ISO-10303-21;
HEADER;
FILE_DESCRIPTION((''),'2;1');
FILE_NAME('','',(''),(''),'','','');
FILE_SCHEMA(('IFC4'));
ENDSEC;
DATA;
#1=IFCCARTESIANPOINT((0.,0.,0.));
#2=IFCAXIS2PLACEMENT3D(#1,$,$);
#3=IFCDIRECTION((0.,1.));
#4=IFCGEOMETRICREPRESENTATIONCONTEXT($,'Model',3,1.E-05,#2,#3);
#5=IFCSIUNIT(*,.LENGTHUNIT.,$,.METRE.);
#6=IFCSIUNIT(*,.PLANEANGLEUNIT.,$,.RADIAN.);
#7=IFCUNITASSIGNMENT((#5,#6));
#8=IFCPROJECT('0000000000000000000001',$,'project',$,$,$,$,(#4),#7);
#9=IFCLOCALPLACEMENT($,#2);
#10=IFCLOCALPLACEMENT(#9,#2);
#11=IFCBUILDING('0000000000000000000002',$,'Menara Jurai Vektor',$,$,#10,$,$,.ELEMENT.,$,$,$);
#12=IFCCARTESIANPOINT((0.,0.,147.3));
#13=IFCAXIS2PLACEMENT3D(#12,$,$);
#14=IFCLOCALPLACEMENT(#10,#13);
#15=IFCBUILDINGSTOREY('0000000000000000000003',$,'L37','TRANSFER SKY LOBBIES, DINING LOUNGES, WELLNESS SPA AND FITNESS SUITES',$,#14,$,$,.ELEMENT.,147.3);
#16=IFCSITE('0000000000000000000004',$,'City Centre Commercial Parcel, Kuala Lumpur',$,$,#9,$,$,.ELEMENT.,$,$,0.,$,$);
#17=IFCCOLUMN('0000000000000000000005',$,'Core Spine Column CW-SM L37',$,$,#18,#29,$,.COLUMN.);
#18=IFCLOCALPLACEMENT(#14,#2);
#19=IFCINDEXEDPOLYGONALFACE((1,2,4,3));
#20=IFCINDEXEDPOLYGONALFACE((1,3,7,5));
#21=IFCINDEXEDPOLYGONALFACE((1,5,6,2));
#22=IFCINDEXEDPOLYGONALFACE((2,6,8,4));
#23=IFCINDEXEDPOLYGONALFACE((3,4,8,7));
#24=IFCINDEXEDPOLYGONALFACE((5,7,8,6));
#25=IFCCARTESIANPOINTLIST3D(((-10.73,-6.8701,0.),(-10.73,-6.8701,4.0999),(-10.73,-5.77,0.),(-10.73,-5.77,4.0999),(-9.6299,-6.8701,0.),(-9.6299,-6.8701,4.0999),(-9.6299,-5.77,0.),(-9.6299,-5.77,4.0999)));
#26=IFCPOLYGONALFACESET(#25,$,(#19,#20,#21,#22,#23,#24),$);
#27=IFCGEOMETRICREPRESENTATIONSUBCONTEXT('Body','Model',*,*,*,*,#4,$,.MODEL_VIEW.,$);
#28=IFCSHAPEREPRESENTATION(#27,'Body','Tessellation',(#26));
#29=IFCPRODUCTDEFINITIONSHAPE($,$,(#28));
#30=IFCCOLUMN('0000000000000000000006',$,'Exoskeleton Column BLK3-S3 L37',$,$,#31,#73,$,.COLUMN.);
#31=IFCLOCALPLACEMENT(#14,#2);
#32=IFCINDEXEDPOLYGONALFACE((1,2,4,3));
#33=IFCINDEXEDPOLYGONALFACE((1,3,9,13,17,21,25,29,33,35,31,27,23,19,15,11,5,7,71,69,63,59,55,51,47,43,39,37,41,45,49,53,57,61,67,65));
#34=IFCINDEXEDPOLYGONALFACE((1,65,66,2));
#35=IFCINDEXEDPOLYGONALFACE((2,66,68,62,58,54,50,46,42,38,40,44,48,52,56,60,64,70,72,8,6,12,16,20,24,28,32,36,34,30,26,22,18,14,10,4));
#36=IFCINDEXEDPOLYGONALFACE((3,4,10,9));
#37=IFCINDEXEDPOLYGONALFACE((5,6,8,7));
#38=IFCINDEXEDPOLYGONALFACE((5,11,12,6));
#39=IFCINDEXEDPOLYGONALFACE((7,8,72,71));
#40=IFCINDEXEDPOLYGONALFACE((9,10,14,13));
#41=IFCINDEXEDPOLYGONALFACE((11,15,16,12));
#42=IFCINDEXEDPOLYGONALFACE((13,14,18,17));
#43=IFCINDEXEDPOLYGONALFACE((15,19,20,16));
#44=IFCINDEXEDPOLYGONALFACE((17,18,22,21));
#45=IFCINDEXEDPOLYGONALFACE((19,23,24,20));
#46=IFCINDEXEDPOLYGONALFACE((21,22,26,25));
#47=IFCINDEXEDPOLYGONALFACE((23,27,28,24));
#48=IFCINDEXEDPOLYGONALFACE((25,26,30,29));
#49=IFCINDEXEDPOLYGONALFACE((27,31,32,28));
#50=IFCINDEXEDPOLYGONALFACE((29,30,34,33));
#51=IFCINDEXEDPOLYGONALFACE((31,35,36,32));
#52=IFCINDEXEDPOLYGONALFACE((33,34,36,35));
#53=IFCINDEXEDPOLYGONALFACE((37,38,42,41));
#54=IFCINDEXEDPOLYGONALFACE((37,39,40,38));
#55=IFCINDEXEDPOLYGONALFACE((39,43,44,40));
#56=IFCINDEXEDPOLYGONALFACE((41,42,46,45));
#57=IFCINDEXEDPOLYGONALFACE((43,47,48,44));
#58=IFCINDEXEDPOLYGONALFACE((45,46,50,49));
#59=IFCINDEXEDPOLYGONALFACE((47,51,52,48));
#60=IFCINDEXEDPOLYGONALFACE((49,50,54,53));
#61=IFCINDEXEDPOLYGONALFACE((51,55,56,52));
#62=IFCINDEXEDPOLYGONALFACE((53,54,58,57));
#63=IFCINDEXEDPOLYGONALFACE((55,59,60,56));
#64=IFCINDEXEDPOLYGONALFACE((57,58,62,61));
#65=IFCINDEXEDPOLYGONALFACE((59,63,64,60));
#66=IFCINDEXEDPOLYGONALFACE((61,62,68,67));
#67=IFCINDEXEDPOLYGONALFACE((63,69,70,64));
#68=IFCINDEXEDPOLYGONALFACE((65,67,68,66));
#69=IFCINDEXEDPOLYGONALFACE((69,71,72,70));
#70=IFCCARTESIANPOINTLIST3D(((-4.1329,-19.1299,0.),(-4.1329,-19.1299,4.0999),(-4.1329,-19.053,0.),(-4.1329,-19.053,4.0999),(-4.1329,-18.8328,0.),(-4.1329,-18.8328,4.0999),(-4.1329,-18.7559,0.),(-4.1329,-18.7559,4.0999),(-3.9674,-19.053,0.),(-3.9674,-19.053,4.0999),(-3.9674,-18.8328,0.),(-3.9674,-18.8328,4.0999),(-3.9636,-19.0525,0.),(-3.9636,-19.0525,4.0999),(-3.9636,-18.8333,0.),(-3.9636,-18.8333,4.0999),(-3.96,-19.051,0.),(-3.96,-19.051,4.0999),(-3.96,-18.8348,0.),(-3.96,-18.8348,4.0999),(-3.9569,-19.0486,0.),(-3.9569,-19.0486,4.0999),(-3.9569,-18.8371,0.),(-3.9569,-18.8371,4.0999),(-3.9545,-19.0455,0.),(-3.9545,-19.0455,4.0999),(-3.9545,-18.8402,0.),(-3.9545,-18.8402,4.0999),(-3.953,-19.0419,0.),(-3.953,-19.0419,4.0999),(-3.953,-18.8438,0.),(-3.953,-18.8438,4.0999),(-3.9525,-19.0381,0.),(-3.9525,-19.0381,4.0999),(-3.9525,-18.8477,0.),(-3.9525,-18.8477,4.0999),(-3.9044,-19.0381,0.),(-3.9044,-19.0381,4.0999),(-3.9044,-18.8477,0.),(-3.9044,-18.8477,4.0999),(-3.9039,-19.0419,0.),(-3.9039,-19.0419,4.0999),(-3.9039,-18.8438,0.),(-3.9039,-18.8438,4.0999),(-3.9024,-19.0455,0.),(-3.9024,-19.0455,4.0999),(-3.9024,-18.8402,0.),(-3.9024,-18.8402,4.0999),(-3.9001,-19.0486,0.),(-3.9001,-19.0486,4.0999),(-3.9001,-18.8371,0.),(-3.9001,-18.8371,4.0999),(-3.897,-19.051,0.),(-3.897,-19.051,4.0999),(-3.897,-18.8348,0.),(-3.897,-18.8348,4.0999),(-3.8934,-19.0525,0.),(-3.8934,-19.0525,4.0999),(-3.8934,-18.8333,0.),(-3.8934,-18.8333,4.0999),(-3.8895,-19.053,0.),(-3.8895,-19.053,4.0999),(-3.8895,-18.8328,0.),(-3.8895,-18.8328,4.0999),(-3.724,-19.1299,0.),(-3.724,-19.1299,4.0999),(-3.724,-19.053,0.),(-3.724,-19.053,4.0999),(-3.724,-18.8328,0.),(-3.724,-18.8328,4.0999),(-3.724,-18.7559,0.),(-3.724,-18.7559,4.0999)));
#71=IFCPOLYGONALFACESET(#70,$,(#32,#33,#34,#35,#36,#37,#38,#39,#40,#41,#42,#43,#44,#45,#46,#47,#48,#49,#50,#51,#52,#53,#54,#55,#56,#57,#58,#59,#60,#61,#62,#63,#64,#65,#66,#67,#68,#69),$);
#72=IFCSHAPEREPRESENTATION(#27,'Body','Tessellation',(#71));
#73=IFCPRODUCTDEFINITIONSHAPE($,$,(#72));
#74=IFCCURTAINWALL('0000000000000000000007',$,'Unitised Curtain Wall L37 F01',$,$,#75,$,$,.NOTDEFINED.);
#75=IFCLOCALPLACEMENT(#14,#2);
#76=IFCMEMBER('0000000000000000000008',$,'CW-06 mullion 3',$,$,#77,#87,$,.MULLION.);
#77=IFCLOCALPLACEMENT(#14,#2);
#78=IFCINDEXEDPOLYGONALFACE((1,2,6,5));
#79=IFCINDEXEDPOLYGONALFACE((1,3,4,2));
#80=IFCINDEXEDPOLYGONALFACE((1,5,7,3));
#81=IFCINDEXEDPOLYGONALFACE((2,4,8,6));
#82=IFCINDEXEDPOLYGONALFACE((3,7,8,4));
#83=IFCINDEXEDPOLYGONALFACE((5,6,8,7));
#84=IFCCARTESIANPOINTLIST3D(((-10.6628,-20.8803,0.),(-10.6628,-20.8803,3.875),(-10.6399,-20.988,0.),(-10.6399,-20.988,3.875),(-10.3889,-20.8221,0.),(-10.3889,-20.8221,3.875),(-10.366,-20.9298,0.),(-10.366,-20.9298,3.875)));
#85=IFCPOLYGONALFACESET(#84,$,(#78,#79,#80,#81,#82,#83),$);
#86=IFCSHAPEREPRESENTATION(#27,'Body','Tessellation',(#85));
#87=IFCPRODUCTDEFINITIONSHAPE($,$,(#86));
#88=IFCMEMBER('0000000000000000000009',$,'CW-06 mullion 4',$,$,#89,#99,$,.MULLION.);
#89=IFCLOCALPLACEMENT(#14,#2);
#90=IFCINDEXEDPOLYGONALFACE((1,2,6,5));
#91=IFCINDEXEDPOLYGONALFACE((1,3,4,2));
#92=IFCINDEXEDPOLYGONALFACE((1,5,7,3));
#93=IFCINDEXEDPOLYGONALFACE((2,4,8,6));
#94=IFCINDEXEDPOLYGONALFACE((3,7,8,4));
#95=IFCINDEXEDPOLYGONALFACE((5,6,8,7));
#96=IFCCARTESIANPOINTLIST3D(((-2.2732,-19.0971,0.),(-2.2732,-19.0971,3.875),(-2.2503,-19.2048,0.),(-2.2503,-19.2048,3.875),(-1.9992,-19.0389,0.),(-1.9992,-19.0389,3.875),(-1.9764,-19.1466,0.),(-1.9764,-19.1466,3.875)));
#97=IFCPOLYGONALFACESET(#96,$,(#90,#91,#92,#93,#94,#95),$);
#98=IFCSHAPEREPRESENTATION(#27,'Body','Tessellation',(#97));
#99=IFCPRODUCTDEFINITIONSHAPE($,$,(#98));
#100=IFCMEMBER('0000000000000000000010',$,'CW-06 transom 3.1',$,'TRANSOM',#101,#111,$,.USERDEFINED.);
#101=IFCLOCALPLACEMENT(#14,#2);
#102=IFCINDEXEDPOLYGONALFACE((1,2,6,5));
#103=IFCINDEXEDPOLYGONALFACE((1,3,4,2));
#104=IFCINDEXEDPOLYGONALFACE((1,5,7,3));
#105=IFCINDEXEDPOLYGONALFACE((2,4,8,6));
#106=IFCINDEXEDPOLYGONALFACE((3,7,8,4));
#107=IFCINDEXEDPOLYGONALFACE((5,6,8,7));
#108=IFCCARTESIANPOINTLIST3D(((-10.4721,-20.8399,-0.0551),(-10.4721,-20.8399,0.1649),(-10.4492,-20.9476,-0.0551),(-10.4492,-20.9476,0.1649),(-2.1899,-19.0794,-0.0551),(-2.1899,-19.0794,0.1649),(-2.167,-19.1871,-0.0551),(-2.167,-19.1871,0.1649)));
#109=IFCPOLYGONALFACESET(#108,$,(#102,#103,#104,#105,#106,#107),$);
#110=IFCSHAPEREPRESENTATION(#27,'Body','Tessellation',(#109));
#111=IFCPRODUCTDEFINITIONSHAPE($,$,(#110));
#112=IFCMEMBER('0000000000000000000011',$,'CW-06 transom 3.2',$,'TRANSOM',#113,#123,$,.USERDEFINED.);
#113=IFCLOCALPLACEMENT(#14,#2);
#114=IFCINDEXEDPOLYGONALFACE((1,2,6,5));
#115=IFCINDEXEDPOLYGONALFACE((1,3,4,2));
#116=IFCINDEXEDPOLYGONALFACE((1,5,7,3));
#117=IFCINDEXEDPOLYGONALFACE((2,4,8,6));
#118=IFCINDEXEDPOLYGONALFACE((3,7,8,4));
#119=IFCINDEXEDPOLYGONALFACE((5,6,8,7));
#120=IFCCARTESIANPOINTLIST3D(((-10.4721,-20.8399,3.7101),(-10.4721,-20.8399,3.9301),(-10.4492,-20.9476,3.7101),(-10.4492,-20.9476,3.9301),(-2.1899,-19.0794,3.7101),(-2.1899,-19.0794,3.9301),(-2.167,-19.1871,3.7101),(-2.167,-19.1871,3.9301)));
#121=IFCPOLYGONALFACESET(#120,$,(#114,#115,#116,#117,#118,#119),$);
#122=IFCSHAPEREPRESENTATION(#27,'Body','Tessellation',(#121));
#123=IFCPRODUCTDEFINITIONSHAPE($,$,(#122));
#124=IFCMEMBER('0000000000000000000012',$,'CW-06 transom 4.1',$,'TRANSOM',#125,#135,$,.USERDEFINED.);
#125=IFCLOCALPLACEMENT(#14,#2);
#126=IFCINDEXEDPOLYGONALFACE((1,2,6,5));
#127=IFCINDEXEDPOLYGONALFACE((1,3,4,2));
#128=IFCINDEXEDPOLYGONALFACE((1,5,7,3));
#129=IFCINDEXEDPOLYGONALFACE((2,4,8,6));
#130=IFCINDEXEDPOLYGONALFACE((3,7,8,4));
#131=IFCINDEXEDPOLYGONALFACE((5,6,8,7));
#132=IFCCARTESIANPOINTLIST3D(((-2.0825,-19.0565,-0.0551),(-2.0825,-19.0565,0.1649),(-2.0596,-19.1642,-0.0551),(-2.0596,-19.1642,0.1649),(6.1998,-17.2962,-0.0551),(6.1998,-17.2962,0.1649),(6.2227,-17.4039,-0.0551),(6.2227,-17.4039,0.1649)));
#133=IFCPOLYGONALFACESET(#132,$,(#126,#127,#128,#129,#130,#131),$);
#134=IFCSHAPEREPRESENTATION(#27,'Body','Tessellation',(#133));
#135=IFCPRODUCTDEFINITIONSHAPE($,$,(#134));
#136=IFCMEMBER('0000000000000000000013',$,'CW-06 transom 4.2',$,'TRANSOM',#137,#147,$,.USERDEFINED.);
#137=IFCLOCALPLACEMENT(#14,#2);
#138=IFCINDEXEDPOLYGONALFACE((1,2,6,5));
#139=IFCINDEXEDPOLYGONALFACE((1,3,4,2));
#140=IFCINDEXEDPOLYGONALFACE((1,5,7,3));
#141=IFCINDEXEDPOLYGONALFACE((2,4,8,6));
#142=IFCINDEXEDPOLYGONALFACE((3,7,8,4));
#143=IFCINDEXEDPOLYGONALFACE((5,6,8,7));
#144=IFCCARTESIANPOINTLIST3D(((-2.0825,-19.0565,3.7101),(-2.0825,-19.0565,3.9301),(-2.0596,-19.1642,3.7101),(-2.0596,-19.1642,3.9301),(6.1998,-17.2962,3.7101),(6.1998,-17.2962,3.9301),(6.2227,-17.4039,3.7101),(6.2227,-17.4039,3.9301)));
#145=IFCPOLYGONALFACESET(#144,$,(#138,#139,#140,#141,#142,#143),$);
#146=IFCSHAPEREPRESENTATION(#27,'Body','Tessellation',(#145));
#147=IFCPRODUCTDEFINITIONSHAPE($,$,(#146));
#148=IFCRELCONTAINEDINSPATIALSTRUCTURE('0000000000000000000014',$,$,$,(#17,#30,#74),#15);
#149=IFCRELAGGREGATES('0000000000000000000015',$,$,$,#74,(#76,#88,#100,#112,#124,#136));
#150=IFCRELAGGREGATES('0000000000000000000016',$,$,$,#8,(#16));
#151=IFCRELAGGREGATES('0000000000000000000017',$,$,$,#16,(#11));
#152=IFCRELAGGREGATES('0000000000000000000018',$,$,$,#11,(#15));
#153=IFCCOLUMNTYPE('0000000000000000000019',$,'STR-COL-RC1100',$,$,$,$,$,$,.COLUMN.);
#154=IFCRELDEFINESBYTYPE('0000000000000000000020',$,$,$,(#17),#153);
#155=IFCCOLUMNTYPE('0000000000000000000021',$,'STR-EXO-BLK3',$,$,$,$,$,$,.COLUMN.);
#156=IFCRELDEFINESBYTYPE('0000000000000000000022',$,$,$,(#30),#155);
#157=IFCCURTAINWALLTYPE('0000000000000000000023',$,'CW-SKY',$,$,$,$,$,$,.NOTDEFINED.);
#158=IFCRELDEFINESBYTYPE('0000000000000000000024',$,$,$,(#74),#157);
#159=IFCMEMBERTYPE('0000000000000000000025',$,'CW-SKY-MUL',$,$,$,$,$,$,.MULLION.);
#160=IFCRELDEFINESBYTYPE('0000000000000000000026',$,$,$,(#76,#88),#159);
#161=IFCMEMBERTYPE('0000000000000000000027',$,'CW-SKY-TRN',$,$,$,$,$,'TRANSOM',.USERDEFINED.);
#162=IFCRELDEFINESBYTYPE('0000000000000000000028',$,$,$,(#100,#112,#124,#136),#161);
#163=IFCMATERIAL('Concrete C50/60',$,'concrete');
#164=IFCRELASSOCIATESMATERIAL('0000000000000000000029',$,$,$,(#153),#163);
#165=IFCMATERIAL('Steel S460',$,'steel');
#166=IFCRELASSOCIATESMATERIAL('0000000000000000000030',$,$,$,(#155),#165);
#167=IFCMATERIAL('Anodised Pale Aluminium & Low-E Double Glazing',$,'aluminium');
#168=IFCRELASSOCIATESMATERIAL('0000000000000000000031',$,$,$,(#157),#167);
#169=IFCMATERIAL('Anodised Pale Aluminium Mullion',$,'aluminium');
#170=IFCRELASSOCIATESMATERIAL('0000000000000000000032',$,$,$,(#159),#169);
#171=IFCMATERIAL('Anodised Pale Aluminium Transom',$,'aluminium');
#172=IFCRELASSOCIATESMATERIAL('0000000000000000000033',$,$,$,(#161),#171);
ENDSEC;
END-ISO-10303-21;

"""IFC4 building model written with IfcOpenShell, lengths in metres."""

from ifc_helpers import new_model, si_unit, direction, frame, origin, origin_2d, place, context, subcontext, project, spatial, rectangle, i_section, extrude, material, material_profile, profile_set, type_object, element, aggregate, save


model = new_model("IFC4")

# Units and contexts
model_context = context("Model", 3, precision=1e-05, world=origin(), true_north=direction((0.0, 1.0)))
body_context = subcontext(model_context, "Body", "Model", "MODEL_VIEW")
ifc_project = project(units=[si_unit("LENGTHUNIT", "METRE"), si_unit("PLANEANGLEUNIT", "RADIAN")], contexts=[model_context])

# Site, building, storey
site_placement = place(None, origin())
site = spatial("IfcSite", under=ifc_project, at=site_placement, Name="City Centre Commercial Parcel, Kuala Lumpur", CompositionType="ELEMENT", RefElevation=0.0)
building_placement = place(site_placement, origin())
building = spatial("IfcBuilding", under=site, at=building_placement, Name="Menara Jurai Vektor", CompositionType="ELEMENT")
storey_placement = place(building_placement, frame((0.0, 0.0, 147.3)))
storey = spatial("IfcBuildingStorey", under=building, at=storey_placement, Name="L37", Description="TRANSFER SKY LOBBIES, DINING LOUNGES, WELLNESS SPA AND FITNESS SUITES", CompositionType="ELEMENT", Elevation=147.3)

# Columns
ifc_material_1 = material(Name="Concrete C50/60", Category="concrete")
ifc_material_profile_1 = material_profile(ifc_material_1, rectangle(XDim=1.1001, YDim=1.1001, at=origin_2d()), Name="RC 1100x1100")
ifc_profile_set_1 = profile_set([ifc_material_profile_1], Name="Concrete C50/60")
column_type_1 = type_object("IfcColumnType", Name="STR-COL-RC1100", PredefinedType="COLUMN", material=ifc_profile_set_1)
column_1_placement = place(storey_placement, frame((-10.1799, -6.3201, 0.0), z_axis=(0.0, 0.0, 1.0), x_axis=(1.0, 0.0, 0.0)))
element("IfcColumn", 1, at=column_1_placement, inside=storey, type_object=column_type_1, Name="Core Spine Column CW-SM L37", PredefinedType="COLUMN", context=body_context, shape_type="SweptSolid", body=[
    extrude(rectangle(XDim=1.1001, YDim=1.1001, at=origin_2d()), origin(), (0.0, 0.0, 1.0), 4.0999),
])
ifc_material_2 = material(Name="Steel S460", Category="steel")
ifc_material_profile_2 = material_profile(ifc_material_2, i_section(OverallWidth=0.4089, OverallDepth=0.374, WebThickness=0.0481, FlangeThickness=0.0769, FilletRadius=0.0149, at=origin_2d()), Name="HD 400x634")
ifc_profile_set_2 = profile_set([ifc_material_profile_2], Name="Steel S460")
column_type_2 = type_object("IfcColumnType", Name="STR-EXO-BLK3", PredefinedType="COLUMN", material=ifc_profile_set_2)
column_2_placement = place(storey_placement, frame((-3.9285, -18.9429, 0.0), z_axis=(0.0, 0.0, 1.0), x_axis=(1.0, 0.0, 0.0)))
element("IfcColumn", 2, at=column_2_placement, inside=storey, type_object=column_type_2, Name="Exoskeleton Column BLK3-S3 L37", PredefinedType="COLUMN", context=body_context, shape_type="SweptSolid", body=[
    extrude(i_section(OverallWidth=0.4089, OverallDepth=0.374, WebThickness=0.0481, FlangeThickness=0.0769, FilletRadius=0.0149, at=origin_2d()), origin(), (0.0, 0.0, 1.0), 4.0999),
])

# Curtain wall, members
ifc_material_3 = material(Name="Anodised Pale Aluminium & Low-E Double Glazing", Category="aluminium")
curtain_wall_type = type_object("IfcCurtainWallType", Name="CW-SKY", PredefinedType="NOTDEFINED", material=ifc_material_3)
curtain_wall_placement = place(storey_placement, origin())
curtain_wall = element("IfcCurtainWall", 3, at=curtain_wall_placement, inside=storey, type_object=curtain_wall_type, Name="Unitised Curtain Wall L37 F01", PredefinedType="NOTDEFINED")
ifc_material_4 = material(Name="Anodised Pale Aluminium Mullion", Category="aluminium")
ifc_material_profile_3 = material_profile(ifc_material_4, rectangle(XDim=0.1101, YDim=0.28, at=origin_2d()), Name="ALU MUL 110x280")
ifc_profile_set_3 = profile_set([ifc_material_profile_3], Name="Anodised Pale Aluminium Mullion")
member_type_1 = type_object("IfcMemberType", Name="CW-SKY-MUL", PredefinedType="MULLION", material=ifc_profile_set_3)
member_1_placement = place(storey_placement, frame((-10.5144, -20.905, 0.0), z_axis=(0.0, 0.0, 1.0), x_axis=(-0.207911, 0.978148, 0.0)))
member_1 = element("IfcMember", 4, at=member_1_placement, type_object=member_type_1, Name="CW-06 mullion 3", PredefinedType="MULLION", context=body_context, shape_type="SweptSolid", body=[
    extrude(rectangle(XDim=0.1101, YDim=0.28, at=origin_2d()), origin(), (0.0, 0.0, 1.0), 3.875),
])
member_2_placement = place(storey_placement, frame((-2.1248, -19.1218, 0.0), z_axis=(0.0, 0.0, 1.0), x_axis=(-0.207911, 0.978148, 0.0)))
member_2 = element("IfcMember", 5, at=member_2_placement, type_object=member_type_1, Name="CW-06 mullion 4", PredefinedType="MULLION", context=body_context, shape_type="SweptSolid", body=[
    extrude(rectangle(XDim=0.1101, YDim=0.28, at=origin_2d()), origin(), (0.0, 0.0, 1.0), 3.875),
])
ifc_material_5 = material(Name="Anodised Pale Aluminium Transom", Category="aluminium")
ifc_material_profile_4 = material_profile(ifc_material_5, rectangle(XDim=0.1101, YDim=0.22, at=origin_2d()), Name="ALU TRN 110x220")
ifc_profile_set_4 = profile_set([ifc_material_profile_4], Name="Anodised Pale Aluminium Transom")
member_type_2 = type_object("IfcMemberType", Name="CW-SKY-TRN", ElementType="TRANSOM", PredefinedType="USERDEFINED", material=ifc_profile_set_4)
member_3_placement = place(storey_placement, frame((-10.4607, -20.8938, 0.0549), z_axis=(0.978146, 0.207918, 0.0), x_axis=(-0.207918, 0.978146, 0.0)))
member_3 = element("IfcMember", 6, at=member_3_placement, type_object=member_type_2, Name="CW-06 transom 3.1", ObjectType="TRANSOM", PredefinedType="USERDEFINED", context=body_context, shape_type="SweptSolid", body=[
    extrude(rectangle(XDim=0.1101, YDim=0.22, at=origin_2d()), origin(), (0.0, 0.0, 1.0), 8.4673),
])
member_4_placement = place(storey_placement, frame((-10.4607, -20.8938, 3.8201), z_axis=(0.978146, 0.207918, 0.0), x_axis=(-0.207918, 0.978146, 0.0)))
member_4 = element("IfcMember", 7, at=member_4_placement, type_object=member_type_2, Name="CW-06 transom 3.2", ObjectType="TRANSOM", PredefinedType="USERDEFINED", context=body_context, shape_type="SweptSolid", body=[
    extrude(rectangle(XDim=0.1101, YDim=0.22, at=origin_2d()), origin(), (0.0, 0.0, 1.0), 8.4673),
])
member_5_placement = place(storey_placement, frame((-2.071, -19.1104, 0.0549), z_axis=(0.978152, 0.20789, 0.0), x_axis=(-0.20789, 0.978152, 0.0)))
member_5 = element("IfcMember", 8, at=member_5_placement, type_object=member_type_2, Name="CW-06 transom 4.1", ObjectType="TRANSOM", PredefinedType="USERDEFINED", context=body_context, shape_type="SweptSolid", body=[
    extrude(rectangle(XDim=0.1101, YDim=0.22, at=origin_2d()), origin(), (0.0, 0.0, 1.0), 8.4673),
])
member_6_placement = place(storey_placement, frame((-2.071, -19.1104, 3.8201), z_axis=(0.978152, 0.20789, 0.0), x_axis=(-0.20789, 0.978152, 0.0)))
member_6 = element("IfcMember", 9, at=member_6_placement, type_object=member_type_2, Name="CW-06 transom 4.2", ObjectType="TRANSOM", PredefinedType="USERDEFINED", context=body_context, shape_type="SweptSolid", body=[
    extrude(rectangle(XDim=0.1101, YDim=0.22, at=origin_2d()), origin(), (0.0, 0.0, 1.0), 8.4673),
])

aggregate(curtain_wall, [member_1, member_2, member_3, member_4, member_5, member_6])

save(model, "model.ifc")
